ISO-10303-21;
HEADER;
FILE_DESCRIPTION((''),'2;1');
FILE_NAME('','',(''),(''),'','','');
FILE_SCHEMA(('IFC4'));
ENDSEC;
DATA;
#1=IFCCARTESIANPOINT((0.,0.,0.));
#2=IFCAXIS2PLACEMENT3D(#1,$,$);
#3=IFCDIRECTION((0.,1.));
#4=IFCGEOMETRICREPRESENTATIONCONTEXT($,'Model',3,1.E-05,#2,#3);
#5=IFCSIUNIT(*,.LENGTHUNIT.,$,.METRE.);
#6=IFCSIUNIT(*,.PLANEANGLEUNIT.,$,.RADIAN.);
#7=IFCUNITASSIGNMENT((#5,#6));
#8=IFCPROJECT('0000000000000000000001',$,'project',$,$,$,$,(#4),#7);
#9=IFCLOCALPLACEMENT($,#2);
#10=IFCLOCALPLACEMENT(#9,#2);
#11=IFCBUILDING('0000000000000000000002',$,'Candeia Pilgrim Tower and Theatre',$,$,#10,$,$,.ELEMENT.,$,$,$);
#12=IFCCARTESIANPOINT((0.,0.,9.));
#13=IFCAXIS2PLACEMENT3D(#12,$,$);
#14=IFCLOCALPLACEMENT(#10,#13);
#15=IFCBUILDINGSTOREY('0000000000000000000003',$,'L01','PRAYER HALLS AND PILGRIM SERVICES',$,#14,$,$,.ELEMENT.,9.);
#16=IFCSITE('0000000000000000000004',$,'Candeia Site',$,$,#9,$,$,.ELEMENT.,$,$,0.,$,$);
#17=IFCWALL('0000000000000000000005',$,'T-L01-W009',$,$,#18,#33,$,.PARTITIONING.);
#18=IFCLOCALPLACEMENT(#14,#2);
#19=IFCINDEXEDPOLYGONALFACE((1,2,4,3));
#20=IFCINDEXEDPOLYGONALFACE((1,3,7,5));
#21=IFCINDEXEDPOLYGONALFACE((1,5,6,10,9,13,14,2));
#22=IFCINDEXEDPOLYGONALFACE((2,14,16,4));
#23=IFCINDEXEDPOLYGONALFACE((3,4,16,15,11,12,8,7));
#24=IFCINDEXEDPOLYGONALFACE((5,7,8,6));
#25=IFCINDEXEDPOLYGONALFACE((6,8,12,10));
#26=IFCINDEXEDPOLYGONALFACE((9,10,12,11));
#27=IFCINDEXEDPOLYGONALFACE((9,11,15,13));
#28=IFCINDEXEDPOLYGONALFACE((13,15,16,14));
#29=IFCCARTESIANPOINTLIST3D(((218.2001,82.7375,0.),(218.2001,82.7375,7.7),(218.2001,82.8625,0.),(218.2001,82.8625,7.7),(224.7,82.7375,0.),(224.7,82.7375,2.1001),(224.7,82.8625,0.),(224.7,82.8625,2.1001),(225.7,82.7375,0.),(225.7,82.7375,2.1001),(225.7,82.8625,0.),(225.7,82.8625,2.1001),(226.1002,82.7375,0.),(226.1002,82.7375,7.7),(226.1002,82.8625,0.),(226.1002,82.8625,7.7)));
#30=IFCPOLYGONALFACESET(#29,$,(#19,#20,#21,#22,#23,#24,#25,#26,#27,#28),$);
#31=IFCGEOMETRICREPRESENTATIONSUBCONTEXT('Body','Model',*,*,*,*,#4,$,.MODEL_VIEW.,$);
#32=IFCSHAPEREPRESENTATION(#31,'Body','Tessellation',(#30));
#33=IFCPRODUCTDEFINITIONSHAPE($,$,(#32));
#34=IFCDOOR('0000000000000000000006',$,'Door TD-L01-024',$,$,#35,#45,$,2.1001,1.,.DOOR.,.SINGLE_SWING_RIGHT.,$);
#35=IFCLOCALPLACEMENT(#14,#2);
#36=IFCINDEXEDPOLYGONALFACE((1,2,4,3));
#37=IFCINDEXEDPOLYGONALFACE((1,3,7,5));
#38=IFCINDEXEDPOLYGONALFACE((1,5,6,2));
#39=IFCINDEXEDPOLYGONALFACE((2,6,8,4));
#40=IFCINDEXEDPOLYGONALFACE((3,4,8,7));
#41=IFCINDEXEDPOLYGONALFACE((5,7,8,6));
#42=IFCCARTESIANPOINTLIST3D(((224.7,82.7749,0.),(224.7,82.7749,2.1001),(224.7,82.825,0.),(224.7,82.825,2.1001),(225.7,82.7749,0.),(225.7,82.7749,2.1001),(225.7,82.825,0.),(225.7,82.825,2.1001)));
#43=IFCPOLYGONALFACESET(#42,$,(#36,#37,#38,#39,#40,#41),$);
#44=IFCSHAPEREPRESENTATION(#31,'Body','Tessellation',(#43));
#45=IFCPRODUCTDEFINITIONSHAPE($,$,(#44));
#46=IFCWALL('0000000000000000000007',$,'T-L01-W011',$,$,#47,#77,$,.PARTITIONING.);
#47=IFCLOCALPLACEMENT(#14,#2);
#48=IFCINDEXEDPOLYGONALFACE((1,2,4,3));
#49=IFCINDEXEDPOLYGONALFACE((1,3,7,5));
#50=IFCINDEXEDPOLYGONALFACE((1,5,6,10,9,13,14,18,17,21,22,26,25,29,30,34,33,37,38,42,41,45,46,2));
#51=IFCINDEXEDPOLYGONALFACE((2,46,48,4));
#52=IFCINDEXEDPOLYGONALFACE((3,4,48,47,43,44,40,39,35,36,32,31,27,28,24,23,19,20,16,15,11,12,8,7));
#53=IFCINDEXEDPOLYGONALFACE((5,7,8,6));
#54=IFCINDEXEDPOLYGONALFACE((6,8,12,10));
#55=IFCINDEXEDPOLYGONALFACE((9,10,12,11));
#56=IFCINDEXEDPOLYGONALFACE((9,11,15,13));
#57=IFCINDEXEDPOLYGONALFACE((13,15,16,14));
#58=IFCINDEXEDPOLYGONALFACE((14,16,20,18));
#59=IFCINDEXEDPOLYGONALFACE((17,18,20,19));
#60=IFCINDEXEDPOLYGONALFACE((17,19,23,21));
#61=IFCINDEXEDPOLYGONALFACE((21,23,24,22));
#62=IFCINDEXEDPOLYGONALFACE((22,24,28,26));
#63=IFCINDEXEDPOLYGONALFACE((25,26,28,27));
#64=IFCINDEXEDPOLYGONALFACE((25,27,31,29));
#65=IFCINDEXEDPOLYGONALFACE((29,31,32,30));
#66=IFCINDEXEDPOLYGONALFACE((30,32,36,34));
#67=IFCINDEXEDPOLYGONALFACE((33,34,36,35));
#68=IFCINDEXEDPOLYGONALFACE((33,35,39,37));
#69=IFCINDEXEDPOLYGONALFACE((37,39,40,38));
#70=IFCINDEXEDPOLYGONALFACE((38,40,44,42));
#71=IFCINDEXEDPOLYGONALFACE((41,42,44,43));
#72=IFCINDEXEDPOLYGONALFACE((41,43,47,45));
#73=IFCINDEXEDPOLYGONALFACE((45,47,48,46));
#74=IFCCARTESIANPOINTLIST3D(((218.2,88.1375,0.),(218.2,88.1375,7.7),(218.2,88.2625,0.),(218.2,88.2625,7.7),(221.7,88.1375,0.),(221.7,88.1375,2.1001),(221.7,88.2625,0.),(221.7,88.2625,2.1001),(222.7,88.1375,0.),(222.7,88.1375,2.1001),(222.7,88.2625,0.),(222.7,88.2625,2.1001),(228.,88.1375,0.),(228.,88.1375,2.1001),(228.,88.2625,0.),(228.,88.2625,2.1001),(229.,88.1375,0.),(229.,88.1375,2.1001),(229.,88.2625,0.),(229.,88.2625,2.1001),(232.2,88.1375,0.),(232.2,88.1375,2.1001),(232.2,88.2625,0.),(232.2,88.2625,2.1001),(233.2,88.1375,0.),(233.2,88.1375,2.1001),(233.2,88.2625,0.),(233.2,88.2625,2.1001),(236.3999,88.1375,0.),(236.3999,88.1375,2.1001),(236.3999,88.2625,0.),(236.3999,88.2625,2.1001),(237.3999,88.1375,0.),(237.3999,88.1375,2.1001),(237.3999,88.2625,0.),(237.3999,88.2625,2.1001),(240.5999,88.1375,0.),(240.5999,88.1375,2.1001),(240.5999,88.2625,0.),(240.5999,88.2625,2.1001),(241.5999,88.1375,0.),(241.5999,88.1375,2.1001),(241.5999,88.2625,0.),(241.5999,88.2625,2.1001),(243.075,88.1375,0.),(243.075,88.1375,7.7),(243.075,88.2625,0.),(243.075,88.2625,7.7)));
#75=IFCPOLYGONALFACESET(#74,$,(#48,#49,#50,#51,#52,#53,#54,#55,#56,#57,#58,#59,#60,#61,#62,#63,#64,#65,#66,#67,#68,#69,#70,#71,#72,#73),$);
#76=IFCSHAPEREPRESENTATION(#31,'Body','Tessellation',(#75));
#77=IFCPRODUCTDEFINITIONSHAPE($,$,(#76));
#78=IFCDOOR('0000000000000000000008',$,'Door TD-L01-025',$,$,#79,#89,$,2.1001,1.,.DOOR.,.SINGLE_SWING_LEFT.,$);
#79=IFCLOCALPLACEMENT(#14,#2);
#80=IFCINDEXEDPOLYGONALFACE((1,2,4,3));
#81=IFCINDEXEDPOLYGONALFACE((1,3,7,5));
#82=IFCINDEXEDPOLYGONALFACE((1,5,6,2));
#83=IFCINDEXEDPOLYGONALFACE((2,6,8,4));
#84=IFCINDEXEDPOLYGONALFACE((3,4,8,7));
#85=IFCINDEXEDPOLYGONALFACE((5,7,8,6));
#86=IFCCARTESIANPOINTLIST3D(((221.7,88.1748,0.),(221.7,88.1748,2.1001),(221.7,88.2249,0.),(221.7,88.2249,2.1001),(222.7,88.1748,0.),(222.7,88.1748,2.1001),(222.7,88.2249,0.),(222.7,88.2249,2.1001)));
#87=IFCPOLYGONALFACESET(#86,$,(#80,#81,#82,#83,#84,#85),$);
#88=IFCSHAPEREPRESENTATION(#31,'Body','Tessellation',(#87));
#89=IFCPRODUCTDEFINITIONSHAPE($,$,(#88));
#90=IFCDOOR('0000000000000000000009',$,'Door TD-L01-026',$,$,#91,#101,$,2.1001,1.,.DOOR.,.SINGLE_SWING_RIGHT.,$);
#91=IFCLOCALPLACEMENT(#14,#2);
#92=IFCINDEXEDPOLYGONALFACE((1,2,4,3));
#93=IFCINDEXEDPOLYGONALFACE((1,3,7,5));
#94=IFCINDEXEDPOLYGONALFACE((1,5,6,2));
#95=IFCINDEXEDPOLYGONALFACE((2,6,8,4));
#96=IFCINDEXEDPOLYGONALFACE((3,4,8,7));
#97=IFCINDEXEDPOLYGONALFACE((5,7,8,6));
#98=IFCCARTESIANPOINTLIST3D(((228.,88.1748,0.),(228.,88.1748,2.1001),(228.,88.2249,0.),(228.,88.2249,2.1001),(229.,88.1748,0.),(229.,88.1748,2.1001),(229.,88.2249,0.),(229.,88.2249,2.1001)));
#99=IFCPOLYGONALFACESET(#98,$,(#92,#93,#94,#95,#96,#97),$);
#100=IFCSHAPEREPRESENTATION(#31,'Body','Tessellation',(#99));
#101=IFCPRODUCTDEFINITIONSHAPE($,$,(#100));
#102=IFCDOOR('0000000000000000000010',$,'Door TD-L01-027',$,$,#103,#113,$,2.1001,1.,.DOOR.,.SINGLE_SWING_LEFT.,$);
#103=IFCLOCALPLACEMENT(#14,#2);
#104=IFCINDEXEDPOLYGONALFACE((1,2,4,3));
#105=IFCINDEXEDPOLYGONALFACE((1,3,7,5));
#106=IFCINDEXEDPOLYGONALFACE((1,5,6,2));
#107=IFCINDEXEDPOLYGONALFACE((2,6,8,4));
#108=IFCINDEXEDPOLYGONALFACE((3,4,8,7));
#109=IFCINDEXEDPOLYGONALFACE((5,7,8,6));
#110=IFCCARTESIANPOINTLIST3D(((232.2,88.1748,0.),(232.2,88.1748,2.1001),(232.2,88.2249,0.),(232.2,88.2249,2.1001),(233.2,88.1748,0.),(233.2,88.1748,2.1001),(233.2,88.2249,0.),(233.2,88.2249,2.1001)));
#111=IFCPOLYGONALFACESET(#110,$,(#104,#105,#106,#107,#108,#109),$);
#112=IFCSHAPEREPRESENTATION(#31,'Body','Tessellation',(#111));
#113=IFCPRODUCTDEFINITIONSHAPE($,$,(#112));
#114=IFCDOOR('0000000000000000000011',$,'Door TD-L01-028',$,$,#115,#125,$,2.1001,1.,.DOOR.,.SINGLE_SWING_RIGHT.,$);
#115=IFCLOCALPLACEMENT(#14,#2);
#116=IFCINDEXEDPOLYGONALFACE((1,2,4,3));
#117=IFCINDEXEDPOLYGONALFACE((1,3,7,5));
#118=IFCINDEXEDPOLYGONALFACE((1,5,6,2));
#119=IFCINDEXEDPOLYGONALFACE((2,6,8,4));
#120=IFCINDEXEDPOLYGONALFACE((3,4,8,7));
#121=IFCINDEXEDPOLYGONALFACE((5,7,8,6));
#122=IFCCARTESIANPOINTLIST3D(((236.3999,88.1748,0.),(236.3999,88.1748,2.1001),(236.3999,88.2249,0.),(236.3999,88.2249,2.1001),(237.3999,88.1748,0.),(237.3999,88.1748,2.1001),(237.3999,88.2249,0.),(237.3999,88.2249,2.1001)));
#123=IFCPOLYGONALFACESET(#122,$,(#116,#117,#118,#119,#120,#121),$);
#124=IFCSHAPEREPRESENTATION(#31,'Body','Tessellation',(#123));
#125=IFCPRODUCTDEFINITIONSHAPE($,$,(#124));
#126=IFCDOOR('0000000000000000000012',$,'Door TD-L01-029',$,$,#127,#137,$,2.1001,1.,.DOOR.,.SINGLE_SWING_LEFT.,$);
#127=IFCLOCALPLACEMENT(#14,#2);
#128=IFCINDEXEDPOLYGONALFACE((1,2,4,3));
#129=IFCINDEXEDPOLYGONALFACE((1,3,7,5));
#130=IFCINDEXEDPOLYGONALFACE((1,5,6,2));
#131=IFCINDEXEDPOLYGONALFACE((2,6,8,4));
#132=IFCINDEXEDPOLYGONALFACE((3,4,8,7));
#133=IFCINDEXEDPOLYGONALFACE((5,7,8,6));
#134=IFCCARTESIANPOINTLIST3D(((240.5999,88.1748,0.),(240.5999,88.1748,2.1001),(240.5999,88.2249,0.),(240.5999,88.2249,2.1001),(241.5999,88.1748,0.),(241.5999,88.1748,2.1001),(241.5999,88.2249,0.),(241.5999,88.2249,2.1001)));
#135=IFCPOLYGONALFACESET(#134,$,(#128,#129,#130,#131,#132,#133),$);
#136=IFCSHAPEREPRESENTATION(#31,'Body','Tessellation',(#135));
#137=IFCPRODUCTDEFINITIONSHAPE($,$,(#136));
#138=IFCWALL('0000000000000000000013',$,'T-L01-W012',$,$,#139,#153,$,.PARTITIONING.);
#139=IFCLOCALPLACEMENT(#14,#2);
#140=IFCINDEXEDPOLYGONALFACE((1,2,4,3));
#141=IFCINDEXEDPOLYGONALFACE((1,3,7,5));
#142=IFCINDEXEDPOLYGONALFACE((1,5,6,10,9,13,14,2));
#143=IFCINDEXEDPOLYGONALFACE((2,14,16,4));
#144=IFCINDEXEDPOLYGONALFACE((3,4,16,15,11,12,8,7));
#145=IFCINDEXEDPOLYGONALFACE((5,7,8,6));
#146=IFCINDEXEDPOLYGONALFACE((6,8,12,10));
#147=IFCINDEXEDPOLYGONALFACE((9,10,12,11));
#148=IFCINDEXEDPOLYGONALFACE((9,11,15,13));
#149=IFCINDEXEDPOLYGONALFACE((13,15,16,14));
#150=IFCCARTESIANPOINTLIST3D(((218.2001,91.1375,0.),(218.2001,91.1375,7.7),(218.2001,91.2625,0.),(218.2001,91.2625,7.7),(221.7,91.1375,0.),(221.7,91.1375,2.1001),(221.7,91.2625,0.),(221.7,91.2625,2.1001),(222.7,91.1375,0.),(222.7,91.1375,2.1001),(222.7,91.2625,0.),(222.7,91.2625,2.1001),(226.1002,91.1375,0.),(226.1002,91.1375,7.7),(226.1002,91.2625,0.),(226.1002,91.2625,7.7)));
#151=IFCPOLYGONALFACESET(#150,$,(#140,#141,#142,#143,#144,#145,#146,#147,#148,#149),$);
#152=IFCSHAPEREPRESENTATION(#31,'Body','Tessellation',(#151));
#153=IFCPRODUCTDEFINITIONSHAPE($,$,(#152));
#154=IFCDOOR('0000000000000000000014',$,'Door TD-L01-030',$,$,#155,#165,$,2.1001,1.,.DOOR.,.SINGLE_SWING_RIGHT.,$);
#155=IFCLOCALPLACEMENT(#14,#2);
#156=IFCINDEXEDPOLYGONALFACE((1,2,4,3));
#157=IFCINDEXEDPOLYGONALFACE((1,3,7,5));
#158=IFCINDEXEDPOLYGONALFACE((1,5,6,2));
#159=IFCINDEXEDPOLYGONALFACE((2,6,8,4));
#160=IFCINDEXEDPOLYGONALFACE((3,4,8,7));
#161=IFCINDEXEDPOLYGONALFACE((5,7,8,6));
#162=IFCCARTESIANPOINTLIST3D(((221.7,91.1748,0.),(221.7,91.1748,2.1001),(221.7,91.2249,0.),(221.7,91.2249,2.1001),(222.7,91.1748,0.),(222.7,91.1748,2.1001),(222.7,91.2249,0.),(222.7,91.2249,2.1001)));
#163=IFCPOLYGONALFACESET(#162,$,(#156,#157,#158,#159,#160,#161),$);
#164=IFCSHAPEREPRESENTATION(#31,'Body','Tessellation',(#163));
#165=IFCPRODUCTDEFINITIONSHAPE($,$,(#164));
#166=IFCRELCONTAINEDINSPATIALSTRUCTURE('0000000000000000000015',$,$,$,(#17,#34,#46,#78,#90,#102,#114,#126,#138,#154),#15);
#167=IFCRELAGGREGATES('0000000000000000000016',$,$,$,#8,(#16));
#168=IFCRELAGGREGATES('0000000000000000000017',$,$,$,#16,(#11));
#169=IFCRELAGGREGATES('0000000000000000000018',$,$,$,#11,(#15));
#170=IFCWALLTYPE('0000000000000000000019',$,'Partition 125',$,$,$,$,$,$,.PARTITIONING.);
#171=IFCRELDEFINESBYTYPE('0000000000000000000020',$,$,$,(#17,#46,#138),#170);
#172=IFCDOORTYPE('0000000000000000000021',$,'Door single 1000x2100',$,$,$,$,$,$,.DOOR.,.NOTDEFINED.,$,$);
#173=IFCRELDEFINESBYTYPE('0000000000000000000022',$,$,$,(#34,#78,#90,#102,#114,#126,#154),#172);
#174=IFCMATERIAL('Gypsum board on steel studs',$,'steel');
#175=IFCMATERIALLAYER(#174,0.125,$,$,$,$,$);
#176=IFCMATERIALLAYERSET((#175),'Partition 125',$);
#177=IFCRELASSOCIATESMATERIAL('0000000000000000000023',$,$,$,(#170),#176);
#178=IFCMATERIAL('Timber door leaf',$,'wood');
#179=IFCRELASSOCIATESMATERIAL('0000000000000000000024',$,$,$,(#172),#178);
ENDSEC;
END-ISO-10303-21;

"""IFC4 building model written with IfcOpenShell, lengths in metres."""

from ifc_helpers import new_model, si_unit, direction, frame, frame_2d, origin, place, context, subcontext, project, spatial, rectangle, extrude, material, layer, layer_set, type_object, element, fill, save


model = new_model("IFC4")

# Units and contexts
model_context = context("Model", 3, precision=1e-05, world=origin(), true_north=direction((0.0, 1.0)))
body_context = subcontext(model_context, "Body", "Model", "MODEL_VIEW")
ifc_project = project(units=[si_unit("LENGTHUNIT", "METRE"), si_unit("PLANEANGLEUNIT", "RADIAN")], contexts=[model_context])

# Site, building, storey
site_placement = place(None, origin())
site = spatial("IfcSite", under=ifc_project, at=site_placement, Name="Candeia Site", CompositionType="ELEMENT", RefElevation=0.0)
building_placement = place(site_placement, origin())
building = spatial("IfcBuilding", under=site, at=building_placement, Name="Candeia Pilgrim Tower and Theatre", CompositionType="ELEMENT")
storey_placement = place(building_placement, frame((0.0, 0.0, 9.0)))
storey = spatial("IfcBuildingStorey", under=building, at=storey_placement, Name="L01", Description="PRAYER HALLS AND PILGRIM SERVICES", CompositionType="ELEMENT", Elevation=9.0)

# Shared definitions
ifc_material_1 = material(Name="Gypsum board on steel studs", Category="steel")
ifc_layer_1 = layer(ifc_material_1, 0.125)
ifc_layer_set_1 = layer_set([ifc_layer_1], Name="Partition 125")
wall_type_1 = type_object("IfcWallType", Name="Partition 125", PredefinedType="PARTITIONING", material=ifc_layer_set_1)

# Wall, opening, door
wall_1_placement = place(storey_placement, frame((218.2, 82.8, 0.0), z_axis=(0.0, 0.0, 1.0), x_axis=(1.0, 0.0, 0.0)))
wall_1 = element("IfcWall", 1, at=wall_1_placement, inside=storey, type_object=wall_type_1, Name="T-L01-W009", PredefinedType="PARTITIONING", context=body_context, shape_type="SweptSolid", body=[
    extrude(rectangle(XDim=7.9001, YDim=0.125, at=frame_2d((3.9502, 0.0))), origin(), (0.0, 0.0, 1.0), 7.7),
])
opening_1_placement = place(wall_1_placement, frame((6.5, 0.0, 0.0)))
opening_1 = element("IfcOpeningElement", 2, at=opening_1_placement, cuts=wall_1, PredefinedType="OPENING", context=body_context, shape_type="SweptSolid", body=[
    extrude(rectangle(XDim=1.0, YDim=2.1001, at=frame_2d((0.5, 1.05))), frame((0.0, 0.0725, 0.0), z_axis=(0.0, -1.0, 0.0), x_axis=(1.0, 0.0, 0.0)), (0.0, 0.0, 1.0), 0.145),
])
ifc_material_2 = material(Name="Timber door leaf", Category="wood")
door_type_1 = type_object("IfcDoorType", Name="Door single 1000x2100", OperationType="NOTDEFINED", PredefinedType="DOOR", material=ifc_material_2)
door_1_placement = place(opening_1_placement, origin())
door_1 = element("IfcDoor", 3, at=door_1_placement, inside=storey, type_object=door_type_1, Name="Door TD-L01-024", OperationType="SINGLE_SWING_RIGHT", OverallHeight=2.1001, OverallWidth=1.0, PredefinedType="DOOR", context=body_context, shape_type="SweptSolid", body=[
    extrude(rectangle(XDim=1.0, YDim=2.1001, at=frame_2d((0.5, 1.05))), frame((0.0, 0.0249, 0.0), z_axis=(0.0, -1.0, 0.0), x_axis=(1.0, 0.0, 0.0)), (0.0, 0.0, 1.0), 0.05),
])
fill(opening_1, door_1)

# Wall, openings, doors
wall_2_placement = place(storey_placement, frame((218.2, 88.2, 0.0), z_axis=(0.0, 0.0, 1.0), x_axis=(1.0, 0.0, 0.0)))
wall_2 = element("IfcWall", 4, at=wall_2_placement, inside=storey, type_object=wall_type_1, Name="T-L01-W011", PredefinedType="PARTITIONING", context=body_context, shape_type="SweptSolid", body=[
    extrude(rectangle(XDim=24.875, YDim=0.125, at=frame_2d((12.4375, 0.0))), origin(), (0.0, 0.0, 1.0), 7.7),
])
opening_2_placement = place(wall_2_placement, frame((3.5, 0.0, 0.0)))
opening_2 = element("IfcOpeningElement", 5, at=opening_2_placement, cuts=wall_2, PredefinedType="OPENING", context=body_context, shape_type="SweptSolid", body=[
    extrude(rectangle(XDim=1.0, YDim=2.1001, at=frame_2d((0.5, 1.05))), frame((0.0, 0.0725, 0.0), z_axis=(0.0, -1.0, 0.0), x_axis=(1.0, 0.0, 0.0)), (0.0, 0.0, 1.0), 0.145),
])
opening_3_placement = place(wall_2_placement, frame((9.8, 0.0, 0.0)))
opening_3 = element("IfcOpeningElement", 6, at=opening_3_placement, cuts=wall_2, PredefinedType="OPENING", context=body_context, shape_type="SweptSolid", body=[
    extrude(rectangle(XDim=1.0, YDim=2.1001, at=frame_2d((0.5, 1.05))), frame((0.0, 0.0725, 0.0), z_axis=(0.0, -1.0, 0.0), x_axis=(1.0, 0.0, 0.0)), (0.0, 0.0, 1.0), 0.145),
])
opening_4_placement = place(wall_2_placement, frame((14.0, 0.0, 0.0)))
opening_4 = element("IfcOpeningElement", 7, at=opening_4_placement, cuts=wall_2, PredefinedType="OPENING", context=body_context, shape_type="SweptSolid", body=[
    extrude(rectangle(XDim=1.0, YDim=2.1001, at=frame_2d((0.5, 1.05))), frame((0.0, 0.0725, 0.0), z_axis=(0.0, -1.0, 0.0), x_axis=(1.0, 0.0, 0.0)), (0.0, 0.0, 1.0), 0.145),
])
opening_5_placement = place(wall_2_placement, frame((18.2, 0.0, 0.0)))
opening_5 = element("IfcOpeningElement", 8, at=opening_5_placement, cuts=wall_2, PredefinedType="OPENING", context=body_context, shape_type="SweptSolid", body=[
    extrude(rectangle(XDim=1.0, YDim=2.1001, at=frame_2d((0.5, 1.05))), frame((0.0, 0.0725, 0.0), z_axis=(0.0, -1.0, 0.0), x_axis=(1.0, 0.0, 0.0)), (0.0, 0.0, 1.0), 0.145),
])
opening_6_placement = place(wall_2_placement, frame((22.3999, 0.0, 0.0)))
opening_6 = element("IfcOpeningElement", 9, at=opening_6_placement, cuts=wall_2, PredefinedType="OPENING", context=body_context, shape_type="SweptSolid", body=[
    extrude(rectangle(XDim=1.0, YDim=2.1001, at=frame_2d((0.5, 1.05))), frame((0.0, 0.0725, 0.0), z_axis=(0.0, -1.0, 0.0), x_axis=(1.0, 0.0, 0.0)), (0.0, 0.0, 1.0), 0.145),
])
door_2_placement = place(opening_2_placement, origin())
door_2 = element("IfcDoor", 10, at=door_2_placement, inside=storey, type_object=door_type_1, Name="Door TD-L01-025", OperationType="SINGLE_SWING_LEFT", OverallHeight=2.1001, OverallWidth=1.0, PredefinedType="DOOR", context=body_context, shape_type="SweptSolid", body=[
    extrude(rectangle(XDim=1.0, YDim=2.1001, at=frame_2d((0.5, 1.05))), frame((0.0, 0.0249, 0.0), z_axis=(0.0, -1.0, 0.0), x_axis=(1.0, 0.0, 0.0)), (0.0, 0.0, 1.0), 0.05),
])
fill(opening_2, door_2)
door_3_placement = place(opening_3_placement, origin())
door_3 = element("IfcDoor", 11, at=door_3_placement, inside=storey, type_object=door_type_1, Name="Door TD-L01-026", OperationType="SINGLE_SWING_RIGHT", OverallHeight=2.1001, OverallWidth=1.0, PredefinedType="DOOR", context=body_context, shape_type="SweptSolid", body=[
    extrude(rectangle(XDim=1.0, YDim=2.1001, at=frame_2d((0.5, 1.05))), frame((0.0, 0.0249, 0.0), z_axis=(0.0, -1.0, 0.0), x_axis=(1.0, 0.0, 0.0)), (0.0, 0.0, 1.0), 0.05),
])
fill(opening_3, door_3)
door_4_placement = place(opening_4_placement, origin())
door_4 = element("IfcDoor", 12, at=door_4_placement, inside=storey, type_object=door_type_1, Name="Door TD-L01-027", OperationType="SINGLE_SWING_LEFT", OverallHeight=2.1001, OverallWidth=1.0, PredefinedType="DOOR", context=body_context, shape_type="SweptSolid", body=[
    extrude(rectangle(XDim=1.0, YDim=2.1001, at=frame_2d((0.5, 1.05))), frame((0.0, 0.0249, 0.0), z_axis=(0.0, -1.0, 0.0), x_axis=(1.0, 0.0, 0.0)), (0.0, 0.0, 1.0), 0.05),
])
fill(opening_4, door_4)
door_5_placement = place(opening_5_placement, origin())
door_5 = element("IfcDoor", 13, at=door_5_placement, inside=storey, type_object=door_type_1, Name="Door TD-L01-028", OperationType="SINGLE_SWING_RIGHT", OverallHeight=2.1001, OverallWidth=1.0, PredefinedType="DOOR", context=body_context, shape_type="SweptSolid", body=[
    extrude(rectangle(XDim=1.0, YDim=2.1001, at=frame_2d((0.5, 1.05))), frame((0.0, 0.0249, 0.0), z_axis=(0.0, -1.0, 0.0), x_axis=(1.0, 0.0, 0.0)), (0.0, 0.0, 1.0), 0.05),
])
fill(opening_5, door_5)
door_6_placement = place(opening_6_placement, origin())
door_6 = element("IfcDoor", 14, at=door_6_placement, inside=storey, type_object=door_type_1, Name="Door TD-L01-029", OperationType="SINGLE_SWING_LEFT", OverallHeight=2.1001, OverallWidth=1.0, PredefinedType="DOOR", context=body_context, shape_type="SweptSolid", body=[
    extrude(rectangle(XDim=1.0, YDim=2.1001, at=frame_2d((0.5, 1.05))), frame((0.0, 0.0249, 0.0), z_axis=(0.0, -1.0, 0.0), x_axis=(1.0, 0.0, 0.0)), (0.0, 0.0, 1.0), 0.05),
])
fill(opening_6, door_6)

# Wall, opening, door
wall_3_placement = place(storey_placement, frame((218.2, 91.2, 0.0), z_axis=(0.0, 0.0, 1.0), x_axis=(1.0, 0.0, 0.0)))
wall_3 = element("IfcWall", 15, at=wall_3_placement, inside=storey, type_object=wall_type_1, Name="T-L01-W012", PredefinedType="PARTITIONING", context=body_context, shape_type="SweptSolid", body=[
    extrude(rectangle(XDim=7.9001, YDim=0.125, at=frame_2d((3.9502, 0.0))), origin(), (0.0, 0.0, 1.0), 7.7),
])
opening_7_placement = place(wall_3_placement, frame((3.5, 0.0, 0.0)))
opening_7 = element("IfcOpeningElement", 16, at=opening_7_placement, cuts=wall_3, PredefinedType="OPENING", context=body_context, shape_type="SweptSolid", body=[
    extrude(rectangle(XDim=1.0, YDim=2.1001, at=frame_2d((0.5, 1.05))), frame((0.0, 0.0725, 0.0), z_axis=(0.0, -1.0, 0.0), x_axis=(1.0, 0.0, 0.0)), (0.0, 0.0, 1.0), 0.145),
])
door_7_placement = place(opening_7_placement, origin())
door_7 = element("IfcDoor", 17, at=door_7_placement, inside=storey, type_object=door_type_1, Name="Door TD-L01-030", OperationType="SINGLE_SWING_RIGHT", OverallHeight=2.1001, OverallWidth=1.0, PredefinedType="DOOR", context=body_context, shape_type="SweptSolid", body=[
    extrude(rectangle(XDim=1.0, YDim=2.1001, at=frame_2d((0.5, 1.05))), frame((0.0, 0.0249, 0.0), z_axis=(0.0, -1.0, 0.0), x_axis=(1.0, 0.0, 0.0)), (0.0, 0.0, 1.0), 0.05),
])
fill(opening_7, door_7)

save(model, "model.ifc")
